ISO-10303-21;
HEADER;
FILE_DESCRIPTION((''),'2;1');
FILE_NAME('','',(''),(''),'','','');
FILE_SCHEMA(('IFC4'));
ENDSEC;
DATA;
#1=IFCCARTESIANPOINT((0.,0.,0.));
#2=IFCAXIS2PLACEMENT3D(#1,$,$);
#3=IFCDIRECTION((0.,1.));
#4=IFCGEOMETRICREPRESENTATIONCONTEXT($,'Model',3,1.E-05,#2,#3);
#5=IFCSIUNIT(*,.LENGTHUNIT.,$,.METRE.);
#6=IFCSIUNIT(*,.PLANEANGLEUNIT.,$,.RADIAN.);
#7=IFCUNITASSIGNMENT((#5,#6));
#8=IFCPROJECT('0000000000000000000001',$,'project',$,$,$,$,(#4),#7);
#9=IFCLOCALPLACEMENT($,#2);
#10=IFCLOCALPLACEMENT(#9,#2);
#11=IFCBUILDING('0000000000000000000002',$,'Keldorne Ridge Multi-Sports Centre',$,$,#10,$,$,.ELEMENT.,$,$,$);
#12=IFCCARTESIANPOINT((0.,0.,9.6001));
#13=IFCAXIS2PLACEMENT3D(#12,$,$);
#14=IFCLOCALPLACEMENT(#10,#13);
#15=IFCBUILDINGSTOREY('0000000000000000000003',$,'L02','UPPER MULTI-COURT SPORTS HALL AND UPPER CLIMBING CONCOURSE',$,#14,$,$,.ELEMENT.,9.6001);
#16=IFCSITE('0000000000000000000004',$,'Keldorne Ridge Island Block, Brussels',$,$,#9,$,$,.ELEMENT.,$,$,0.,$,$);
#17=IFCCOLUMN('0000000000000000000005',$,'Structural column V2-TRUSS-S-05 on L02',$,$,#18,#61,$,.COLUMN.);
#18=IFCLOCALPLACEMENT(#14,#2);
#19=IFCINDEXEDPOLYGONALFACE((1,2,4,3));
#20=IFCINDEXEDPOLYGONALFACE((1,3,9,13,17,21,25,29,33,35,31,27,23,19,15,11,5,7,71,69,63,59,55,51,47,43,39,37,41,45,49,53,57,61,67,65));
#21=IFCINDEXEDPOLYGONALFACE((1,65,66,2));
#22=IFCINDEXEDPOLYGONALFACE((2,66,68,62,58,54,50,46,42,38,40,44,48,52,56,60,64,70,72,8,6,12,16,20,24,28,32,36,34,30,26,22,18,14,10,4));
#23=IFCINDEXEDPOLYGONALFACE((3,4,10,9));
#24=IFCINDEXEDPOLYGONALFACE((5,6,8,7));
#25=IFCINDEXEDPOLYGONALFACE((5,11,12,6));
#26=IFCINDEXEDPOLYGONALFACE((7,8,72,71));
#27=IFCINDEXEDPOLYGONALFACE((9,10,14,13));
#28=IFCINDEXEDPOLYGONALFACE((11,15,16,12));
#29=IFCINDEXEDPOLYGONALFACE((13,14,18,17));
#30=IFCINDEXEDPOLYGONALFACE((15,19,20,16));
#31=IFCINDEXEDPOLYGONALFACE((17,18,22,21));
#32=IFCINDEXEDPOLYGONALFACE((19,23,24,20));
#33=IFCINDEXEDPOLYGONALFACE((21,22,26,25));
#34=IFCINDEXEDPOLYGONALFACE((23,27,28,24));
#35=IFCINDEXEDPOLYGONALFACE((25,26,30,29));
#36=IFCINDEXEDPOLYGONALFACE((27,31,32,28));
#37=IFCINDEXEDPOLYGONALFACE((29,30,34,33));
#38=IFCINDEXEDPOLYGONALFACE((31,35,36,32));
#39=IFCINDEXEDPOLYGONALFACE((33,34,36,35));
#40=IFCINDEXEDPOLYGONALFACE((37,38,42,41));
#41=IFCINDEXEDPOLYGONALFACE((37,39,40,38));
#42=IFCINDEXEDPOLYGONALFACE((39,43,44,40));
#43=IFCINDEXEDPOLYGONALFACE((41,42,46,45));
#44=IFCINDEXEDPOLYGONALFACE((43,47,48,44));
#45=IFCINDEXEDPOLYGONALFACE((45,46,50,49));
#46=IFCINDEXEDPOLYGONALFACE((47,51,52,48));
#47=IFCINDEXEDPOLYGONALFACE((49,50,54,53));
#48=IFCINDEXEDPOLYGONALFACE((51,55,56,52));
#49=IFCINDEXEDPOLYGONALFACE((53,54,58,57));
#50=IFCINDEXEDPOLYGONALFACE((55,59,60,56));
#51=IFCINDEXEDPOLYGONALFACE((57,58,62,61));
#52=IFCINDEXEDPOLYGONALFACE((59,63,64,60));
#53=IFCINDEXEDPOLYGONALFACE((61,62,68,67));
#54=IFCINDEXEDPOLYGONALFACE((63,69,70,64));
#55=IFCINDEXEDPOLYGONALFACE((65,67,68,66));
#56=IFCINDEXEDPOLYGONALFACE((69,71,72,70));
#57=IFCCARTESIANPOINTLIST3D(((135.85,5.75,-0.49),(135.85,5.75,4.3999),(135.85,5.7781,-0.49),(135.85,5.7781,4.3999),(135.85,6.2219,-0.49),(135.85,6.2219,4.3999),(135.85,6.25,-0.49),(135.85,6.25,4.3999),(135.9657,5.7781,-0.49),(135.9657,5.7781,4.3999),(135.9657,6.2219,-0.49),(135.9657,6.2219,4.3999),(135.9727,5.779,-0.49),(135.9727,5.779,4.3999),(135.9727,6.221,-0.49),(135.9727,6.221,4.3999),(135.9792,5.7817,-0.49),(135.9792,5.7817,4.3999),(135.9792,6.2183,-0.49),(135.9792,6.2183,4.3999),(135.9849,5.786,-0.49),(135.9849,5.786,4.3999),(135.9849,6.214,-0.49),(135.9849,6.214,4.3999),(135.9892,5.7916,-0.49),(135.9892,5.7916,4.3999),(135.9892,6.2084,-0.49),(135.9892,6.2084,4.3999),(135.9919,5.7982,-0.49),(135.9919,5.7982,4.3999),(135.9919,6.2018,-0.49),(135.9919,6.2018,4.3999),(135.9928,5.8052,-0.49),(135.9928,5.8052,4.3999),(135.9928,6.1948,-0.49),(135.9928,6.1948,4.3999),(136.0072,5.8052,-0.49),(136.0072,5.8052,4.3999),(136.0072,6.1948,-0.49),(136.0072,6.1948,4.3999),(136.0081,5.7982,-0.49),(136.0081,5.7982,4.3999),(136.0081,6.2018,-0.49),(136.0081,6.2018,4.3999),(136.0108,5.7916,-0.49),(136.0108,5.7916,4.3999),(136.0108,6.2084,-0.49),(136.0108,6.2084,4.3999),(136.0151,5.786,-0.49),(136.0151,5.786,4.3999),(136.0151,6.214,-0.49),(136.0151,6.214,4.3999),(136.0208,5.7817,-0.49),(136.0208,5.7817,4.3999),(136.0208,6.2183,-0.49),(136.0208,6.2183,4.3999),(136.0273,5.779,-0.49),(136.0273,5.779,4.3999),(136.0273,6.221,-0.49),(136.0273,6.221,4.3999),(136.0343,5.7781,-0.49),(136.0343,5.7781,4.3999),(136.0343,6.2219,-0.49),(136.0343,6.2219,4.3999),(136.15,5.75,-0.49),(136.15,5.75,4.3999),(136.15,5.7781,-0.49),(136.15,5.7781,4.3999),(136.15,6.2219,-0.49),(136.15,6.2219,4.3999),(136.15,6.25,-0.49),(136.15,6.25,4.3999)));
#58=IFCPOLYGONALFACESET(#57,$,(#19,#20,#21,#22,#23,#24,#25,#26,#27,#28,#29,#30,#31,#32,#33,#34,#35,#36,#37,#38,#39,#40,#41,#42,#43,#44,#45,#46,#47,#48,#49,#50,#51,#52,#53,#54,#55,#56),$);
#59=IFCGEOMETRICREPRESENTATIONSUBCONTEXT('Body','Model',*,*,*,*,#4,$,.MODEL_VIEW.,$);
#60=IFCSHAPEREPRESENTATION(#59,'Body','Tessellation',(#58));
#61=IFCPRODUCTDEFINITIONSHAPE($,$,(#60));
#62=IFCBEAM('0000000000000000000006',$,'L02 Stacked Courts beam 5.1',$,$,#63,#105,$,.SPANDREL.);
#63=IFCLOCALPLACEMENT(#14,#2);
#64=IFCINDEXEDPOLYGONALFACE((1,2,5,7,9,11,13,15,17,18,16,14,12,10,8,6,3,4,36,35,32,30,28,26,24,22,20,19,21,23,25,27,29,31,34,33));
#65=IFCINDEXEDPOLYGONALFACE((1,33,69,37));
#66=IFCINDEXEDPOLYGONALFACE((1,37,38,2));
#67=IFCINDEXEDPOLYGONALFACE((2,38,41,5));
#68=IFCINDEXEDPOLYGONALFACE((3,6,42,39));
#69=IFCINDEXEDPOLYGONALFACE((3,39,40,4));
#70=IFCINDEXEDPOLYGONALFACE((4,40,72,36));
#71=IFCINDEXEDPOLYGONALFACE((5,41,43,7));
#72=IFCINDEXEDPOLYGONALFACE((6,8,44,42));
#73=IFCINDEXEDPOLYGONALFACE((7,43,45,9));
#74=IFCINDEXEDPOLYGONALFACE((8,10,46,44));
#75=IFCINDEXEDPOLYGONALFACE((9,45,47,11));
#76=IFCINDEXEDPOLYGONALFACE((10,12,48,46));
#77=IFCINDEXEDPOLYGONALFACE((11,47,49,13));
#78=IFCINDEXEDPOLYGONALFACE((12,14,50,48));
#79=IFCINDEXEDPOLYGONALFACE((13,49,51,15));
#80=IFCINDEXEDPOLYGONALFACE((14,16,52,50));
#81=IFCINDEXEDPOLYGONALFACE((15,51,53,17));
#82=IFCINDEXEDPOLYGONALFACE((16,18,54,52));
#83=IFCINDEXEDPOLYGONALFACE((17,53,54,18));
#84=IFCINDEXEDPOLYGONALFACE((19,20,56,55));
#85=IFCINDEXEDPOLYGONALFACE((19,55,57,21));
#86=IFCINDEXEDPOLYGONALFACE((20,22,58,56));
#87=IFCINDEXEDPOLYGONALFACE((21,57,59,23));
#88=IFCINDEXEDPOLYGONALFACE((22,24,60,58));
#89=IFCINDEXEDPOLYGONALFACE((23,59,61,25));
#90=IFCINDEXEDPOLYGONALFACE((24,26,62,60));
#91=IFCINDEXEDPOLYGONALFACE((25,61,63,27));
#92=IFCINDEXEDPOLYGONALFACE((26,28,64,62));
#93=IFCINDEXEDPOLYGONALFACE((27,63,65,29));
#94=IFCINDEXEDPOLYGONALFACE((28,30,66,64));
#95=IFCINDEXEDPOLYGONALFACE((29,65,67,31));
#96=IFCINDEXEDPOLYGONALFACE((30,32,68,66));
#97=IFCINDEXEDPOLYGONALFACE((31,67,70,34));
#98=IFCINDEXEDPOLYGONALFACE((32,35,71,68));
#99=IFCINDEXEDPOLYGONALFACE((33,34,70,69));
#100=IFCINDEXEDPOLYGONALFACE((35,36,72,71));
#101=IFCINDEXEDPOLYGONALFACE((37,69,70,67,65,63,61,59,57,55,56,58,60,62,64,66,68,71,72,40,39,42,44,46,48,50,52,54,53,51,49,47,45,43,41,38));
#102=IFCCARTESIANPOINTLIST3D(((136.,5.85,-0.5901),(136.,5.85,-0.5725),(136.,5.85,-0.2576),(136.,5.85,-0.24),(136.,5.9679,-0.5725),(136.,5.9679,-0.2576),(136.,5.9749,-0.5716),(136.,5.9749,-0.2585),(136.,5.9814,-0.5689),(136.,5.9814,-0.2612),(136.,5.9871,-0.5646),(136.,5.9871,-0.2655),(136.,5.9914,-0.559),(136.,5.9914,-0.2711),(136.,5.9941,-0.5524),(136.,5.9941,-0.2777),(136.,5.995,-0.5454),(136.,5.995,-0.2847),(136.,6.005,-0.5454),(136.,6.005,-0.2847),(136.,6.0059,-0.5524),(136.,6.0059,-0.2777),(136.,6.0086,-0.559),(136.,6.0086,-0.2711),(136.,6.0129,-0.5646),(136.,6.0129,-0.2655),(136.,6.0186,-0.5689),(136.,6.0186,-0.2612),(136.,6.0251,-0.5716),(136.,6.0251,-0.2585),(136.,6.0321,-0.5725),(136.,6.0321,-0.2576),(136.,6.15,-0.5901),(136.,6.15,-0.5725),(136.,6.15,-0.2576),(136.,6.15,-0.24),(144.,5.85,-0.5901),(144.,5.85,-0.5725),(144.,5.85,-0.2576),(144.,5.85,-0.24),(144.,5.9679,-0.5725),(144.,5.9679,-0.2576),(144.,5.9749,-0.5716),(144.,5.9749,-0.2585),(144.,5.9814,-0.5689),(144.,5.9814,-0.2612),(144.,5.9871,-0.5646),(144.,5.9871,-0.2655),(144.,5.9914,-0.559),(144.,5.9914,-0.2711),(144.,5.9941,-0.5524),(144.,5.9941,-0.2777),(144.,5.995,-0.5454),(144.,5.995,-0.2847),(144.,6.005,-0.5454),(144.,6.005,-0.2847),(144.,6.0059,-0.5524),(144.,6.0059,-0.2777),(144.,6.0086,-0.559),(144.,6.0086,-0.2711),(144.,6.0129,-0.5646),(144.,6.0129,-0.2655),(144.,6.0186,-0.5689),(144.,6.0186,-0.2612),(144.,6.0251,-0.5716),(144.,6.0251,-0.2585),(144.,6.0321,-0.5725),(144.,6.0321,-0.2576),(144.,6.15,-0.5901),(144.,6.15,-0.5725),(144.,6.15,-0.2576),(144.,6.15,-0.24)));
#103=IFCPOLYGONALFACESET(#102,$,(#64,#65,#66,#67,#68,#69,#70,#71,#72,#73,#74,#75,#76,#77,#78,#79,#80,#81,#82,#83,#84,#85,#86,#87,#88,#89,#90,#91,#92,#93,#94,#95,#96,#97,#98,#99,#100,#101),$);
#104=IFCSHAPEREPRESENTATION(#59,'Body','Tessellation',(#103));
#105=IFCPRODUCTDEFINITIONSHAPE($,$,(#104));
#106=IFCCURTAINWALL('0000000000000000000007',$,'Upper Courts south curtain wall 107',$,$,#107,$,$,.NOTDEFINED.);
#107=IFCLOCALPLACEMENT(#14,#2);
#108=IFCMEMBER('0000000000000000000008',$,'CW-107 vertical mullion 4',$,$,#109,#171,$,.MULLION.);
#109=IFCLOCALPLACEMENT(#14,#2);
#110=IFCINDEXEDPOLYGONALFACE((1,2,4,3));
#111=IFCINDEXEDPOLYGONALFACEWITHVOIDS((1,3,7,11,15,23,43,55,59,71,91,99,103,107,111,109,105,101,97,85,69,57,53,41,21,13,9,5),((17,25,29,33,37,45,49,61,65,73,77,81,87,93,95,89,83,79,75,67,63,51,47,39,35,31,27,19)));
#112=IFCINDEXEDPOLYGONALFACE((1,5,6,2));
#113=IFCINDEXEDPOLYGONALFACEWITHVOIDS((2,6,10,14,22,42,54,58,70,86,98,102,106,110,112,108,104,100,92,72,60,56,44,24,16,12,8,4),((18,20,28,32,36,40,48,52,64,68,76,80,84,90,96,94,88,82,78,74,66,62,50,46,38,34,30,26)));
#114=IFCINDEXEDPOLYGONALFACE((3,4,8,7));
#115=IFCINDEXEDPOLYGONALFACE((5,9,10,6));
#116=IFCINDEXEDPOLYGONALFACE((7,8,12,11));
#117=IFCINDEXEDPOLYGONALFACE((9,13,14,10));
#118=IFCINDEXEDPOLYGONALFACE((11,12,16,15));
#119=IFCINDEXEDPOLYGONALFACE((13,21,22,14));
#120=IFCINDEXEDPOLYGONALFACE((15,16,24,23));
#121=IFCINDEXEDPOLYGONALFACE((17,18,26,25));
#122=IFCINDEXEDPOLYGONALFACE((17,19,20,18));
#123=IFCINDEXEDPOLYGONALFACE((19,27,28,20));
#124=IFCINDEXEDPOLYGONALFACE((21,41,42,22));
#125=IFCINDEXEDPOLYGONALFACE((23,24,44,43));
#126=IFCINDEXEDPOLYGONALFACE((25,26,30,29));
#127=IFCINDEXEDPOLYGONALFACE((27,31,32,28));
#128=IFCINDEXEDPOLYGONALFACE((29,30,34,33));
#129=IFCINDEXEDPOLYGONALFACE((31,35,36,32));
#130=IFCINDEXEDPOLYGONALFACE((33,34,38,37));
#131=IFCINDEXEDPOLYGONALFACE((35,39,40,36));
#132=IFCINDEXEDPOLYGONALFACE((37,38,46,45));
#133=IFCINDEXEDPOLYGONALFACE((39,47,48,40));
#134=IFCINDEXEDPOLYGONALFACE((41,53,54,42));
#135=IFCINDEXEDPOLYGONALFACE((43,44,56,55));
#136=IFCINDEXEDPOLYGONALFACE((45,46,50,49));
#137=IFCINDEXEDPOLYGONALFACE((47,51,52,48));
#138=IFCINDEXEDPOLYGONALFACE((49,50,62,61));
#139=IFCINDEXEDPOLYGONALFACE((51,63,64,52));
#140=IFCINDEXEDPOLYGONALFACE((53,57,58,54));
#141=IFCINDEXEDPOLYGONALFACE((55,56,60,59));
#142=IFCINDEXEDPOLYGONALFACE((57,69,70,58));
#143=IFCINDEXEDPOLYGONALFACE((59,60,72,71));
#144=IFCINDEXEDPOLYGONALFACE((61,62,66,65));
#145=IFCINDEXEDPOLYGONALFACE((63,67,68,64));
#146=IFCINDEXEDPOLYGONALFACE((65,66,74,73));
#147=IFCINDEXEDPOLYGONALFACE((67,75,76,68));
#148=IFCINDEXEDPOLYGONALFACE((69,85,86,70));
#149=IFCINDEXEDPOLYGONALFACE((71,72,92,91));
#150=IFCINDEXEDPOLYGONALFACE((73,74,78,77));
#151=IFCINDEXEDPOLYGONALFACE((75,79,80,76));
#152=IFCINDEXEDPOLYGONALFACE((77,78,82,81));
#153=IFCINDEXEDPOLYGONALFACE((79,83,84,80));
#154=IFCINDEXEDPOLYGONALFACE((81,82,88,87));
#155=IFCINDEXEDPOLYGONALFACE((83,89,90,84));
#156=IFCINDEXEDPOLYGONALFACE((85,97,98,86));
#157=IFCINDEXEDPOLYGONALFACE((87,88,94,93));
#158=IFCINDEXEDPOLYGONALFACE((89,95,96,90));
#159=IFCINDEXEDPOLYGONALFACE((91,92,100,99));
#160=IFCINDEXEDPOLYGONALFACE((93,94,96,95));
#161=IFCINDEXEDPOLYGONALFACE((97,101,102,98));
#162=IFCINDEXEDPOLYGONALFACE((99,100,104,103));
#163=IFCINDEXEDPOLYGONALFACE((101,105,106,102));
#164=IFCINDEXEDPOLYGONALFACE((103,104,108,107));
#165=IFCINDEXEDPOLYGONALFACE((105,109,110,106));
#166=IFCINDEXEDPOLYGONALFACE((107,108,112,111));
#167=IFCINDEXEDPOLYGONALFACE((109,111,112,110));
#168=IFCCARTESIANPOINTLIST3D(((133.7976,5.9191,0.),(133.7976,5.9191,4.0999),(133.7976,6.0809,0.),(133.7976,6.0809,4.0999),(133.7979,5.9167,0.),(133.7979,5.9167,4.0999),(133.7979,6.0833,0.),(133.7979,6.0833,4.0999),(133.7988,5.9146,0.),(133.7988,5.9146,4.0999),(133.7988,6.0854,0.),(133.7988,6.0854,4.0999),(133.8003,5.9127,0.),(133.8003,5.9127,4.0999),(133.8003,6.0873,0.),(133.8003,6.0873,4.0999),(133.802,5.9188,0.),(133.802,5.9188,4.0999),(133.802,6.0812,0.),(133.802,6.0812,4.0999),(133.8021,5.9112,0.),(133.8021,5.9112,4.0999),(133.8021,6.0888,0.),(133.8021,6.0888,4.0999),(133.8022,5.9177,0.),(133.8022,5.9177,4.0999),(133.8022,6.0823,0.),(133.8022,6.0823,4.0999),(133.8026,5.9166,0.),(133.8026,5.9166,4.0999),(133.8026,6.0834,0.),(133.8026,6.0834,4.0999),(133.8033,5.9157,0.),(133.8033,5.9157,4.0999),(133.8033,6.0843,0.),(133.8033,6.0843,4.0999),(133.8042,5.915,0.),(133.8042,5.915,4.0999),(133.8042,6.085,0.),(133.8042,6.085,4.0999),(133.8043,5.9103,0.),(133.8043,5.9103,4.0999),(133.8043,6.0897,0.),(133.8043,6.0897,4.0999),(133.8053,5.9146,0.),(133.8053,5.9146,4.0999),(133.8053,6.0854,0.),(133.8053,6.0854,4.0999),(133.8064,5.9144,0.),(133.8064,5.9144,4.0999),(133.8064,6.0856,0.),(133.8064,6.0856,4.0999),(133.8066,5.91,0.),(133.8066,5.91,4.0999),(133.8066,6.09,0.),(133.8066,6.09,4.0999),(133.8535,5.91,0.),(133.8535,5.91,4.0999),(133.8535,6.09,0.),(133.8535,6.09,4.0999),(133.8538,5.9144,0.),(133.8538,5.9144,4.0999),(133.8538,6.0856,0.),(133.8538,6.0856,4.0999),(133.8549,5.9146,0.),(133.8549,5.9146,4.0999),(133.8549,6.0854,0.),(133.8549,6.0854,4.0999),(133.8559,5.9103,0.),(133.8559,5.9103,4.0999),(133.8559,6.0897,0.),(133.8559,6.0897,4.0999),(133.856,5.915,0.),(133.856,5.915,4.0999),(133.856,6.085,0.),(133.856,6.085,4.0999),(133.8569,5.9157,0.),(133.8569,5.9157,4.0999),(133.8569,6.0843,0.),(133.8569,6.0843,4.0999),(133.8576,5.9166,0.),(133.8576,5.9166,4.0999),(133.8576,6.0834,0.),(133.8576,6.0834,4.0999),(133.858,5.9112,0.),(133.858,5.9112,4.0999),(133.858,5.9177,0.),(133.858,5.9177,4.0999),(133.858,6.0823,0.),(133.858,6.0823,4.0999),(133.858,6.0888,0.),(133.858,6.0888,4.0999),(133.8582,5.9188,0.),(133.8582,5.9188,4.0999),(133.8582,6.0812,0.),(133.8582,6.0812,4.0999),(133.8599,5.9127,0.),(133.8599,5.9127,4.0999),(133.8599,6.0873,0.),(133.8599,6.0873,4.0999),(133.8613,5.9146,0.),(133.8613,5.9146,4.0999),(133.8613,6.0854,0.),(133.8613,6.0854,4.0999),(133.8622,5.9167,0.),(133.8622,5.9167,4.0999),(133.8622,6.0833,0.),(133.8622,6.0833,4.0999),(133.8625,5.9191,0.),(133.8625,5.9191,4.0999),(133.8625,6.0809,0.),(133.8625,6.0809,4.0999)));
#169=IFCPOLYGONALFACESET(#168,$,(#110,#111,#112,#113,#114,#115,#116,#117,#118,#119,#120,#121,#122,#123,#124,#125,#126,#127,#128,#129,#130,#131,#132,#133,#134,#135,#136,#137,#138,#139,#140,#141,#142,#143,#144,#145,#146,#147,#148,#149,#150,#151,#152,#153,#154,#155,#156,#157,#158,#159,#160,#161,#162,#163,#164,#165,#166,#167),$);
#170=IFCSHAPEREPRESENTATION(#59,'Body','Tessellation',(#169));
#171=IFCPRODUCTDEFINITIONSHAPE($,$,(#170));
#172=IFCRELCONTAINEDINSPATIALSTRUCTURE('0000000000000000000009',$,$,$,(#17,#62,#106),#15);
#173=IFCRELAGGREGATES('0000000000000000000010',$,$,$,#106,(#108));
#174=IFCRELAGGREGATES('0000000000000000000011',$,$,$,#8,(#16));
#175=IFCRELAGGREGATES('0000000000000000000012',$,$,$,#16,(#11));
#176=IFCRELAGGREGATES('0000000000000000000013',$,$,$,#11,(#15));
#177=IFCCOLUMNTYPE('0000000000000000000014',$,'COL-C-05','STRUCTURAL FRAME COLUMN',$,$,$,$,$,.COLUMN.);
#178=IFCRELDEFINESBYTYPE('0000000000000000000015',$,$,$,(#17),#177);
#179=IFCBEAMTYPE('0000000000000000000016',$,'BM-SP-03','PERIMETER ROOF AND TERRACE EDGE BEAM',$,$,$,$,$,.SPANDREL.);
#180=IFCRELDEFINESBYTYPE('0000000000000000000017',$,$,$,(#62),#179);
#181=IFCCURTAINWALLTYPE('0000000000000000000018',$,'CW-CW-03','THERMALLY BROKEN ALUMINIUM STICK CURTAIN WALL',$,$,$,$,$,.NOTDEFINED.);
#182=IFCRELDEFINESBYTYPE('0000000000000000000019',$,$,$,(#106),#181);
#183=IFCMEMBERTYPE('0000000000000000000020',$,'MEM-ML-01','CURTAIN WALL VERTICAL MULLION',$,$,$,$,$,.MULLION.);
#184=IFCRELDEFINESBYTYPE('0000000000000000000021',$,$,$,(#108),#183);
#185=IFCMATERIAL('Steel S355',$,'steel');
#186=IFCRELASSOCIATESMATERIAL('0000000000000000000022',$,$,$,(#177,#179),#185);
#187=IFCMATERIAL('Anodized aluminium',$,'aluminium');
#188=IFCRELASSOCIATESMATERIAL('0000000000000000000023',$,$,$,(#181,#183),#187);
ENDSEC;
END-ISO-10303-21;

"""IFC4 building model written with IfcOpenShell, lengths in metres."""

from ifc_helpers import new_model, si_unit, direction, frame, origin, origin_2d, place, context, subcontext, project, spatial, hollow_rectangle, i_section, extrude, material, material_profile, profile_set, type_object, element, aggregate, save


model = new_model("IFC4")

# Units and contexts
model_context = context("Model", 3, precision=1e-05, world=origin(), true_north=direction((0.0, 1.0)))
body_context = subcontext(model_context, "Body", "Model", "MODEL_VIEW")
ifc_project = project(units=[si_unit("LENGTHUNIT", "METRE"), si_unit("PLANEANGLEUNIT", "RADIAN")], contexts=[model_context])

# Site, building, storey
site_placement = place(None, origin())
site = spatial("IfcSite", under=ifc_project, at=site_placement, Name="Keldorne Ridge Island Block, Brussels", CompositionType="ELEMENT", RefElevation=0.0)
building_placement = place(site_placement, origin())
building = spatial("IfcBuilding", under=site, at=building_placement, Name="Keldorne Ridge Multi-Sports Centre", CompositionType="ELEMENT")
storey_placement = place(building_placement, frame((0.0, 0.0, 9.6001)))
storey = spatial("IfcBuildingStorey", under=building, at=storey_placement, Name="L02", Description="UPPER MULTI-COURT SPORTS HALL AND UPPER CLIMBING CONCOURSE", CompositionType="ELEMENT", Elevation=9.6001)

# Column
ifc_material_1 = material(Name="Steel S355", Category="steel")
ifc_material_profile_1 = material_profile(ifc_material_1, i_section(OverallWidth=0.3, OverallDepth=0.5, WebThickness=0.0144, FlangeThickness=0.0281, FilletRadius=0.0271, at=origin_2d()), Name="HEB 500")
ifc_profile_set_1 = profile_set([ifc_material_profile_1], Name="Steel S355")
column_type = type_object("IfcColumnType", Name="COL-C-05", Description="STRUCTURAL FRAME COLUMN", PredefinedType="COLUMN", material=ifc_profile_set_1)
column_placement = place(storey_placement, frame((136.0, 6.0, -0.49), z_axis=(0.0, 0.0, 1.0), x_axis=(1.0, 0.0, 0.0)))
element("IfcColumn", 1, at=column_placement, inside=storey, type_object=column_type, Name="Structural column V2-TRUSS-S-05 on L02", PredefinedType="COLUMN", context=body_context, shape_type="SweptSolid", body=[
    extrude(i_section(OverallWidth=0.3, OverallDepth=0.5, WebThickness=0.0144, FlangeThickness=0.0281, FilletRadius=0.0271, at=origin_2d()), origin(), (0.0, 0.0, 1.0), 4.8899),
])

# Beam
ifc_material_profile_2 = material_profile(ifc_material_1, i_section(OverallWidth=0.3, OverallDepth=0.3501, WebThickness=0.01, FlangeThickness=0.0176, FilletRadius=0.0271, at=origin_2d()), Name="HEA 360")
ifc_profile_set_2 = profile_set([ifc_material_profile_2], Name="Steel S355")
beam_type = type_object("IfcBeamType", Name="BM-SP-03", Description="PERIMETER ROOF AND TERRACE EDGE BEAM", PredefinedType="SPANDREL", material=ifc_profile_set_2)
beam_placement = place(storey_placement, frame((136.0, 6.0, -0.415), z_axis=(1.0, 0.0, 0.0), x_axis=(0.0, 1.0, 0.0)))
element("IfcBeam", 2, at=beam_placement, inside=storey, type_object=beam_type, Name="L02 Stacked Courts beam 5.1", PredefinedType="SPANDREL", context=body_context, shape_type="SweptSolid", body=[
    extrude(i_section(OverallWidth=0.3, OverallDepth=0.3501, WebThickness=0.01, FlangeThickness=0.0176, FilletRadius=0.0271, at=origin_2d()), origin(), (0.0, 0.0, 1.0), 8.0),
])

# Curtain wall, member
ifc_material_2 = material(Name="Anodized aluminium", Category="aluminium")
curtain_wall_type_1 = type_object("IfcCurtainWallType", Name="CW-CW-03", Description="THERMALLY BROKEN ALUMINIUM STICK CURTAIN WALL", PredefinedType="NOTDEFINED", material=ifc_material_2)
curtain_wall_1_placement = place(storey_placement, origin())
curtain_wall_1 = element("IfcCurtainWall", 3, at=curtain_wall_1_placement, inside=storey, type_object=curtain_wall_type_1, Name="Upper Courts south curtain wall 107", PredefinedType="NOTDEFINED")
ifc_material_profile_3 = material_profile(ifc_material_2, hollow_rectangle(XDim=0.0649, YDim=0.1799, WallThickness=0.0044, InnerFilletRadius=0.0044, OuterFilletRadius=0.009, at=origin_2d()), Name="ALU MULLION 180x65x4.5")
ifc_profile_set_3 = profile_set([ifc_material_profile_3], Name="Anodized aluminium")
member_type_1 = type_object("IfcMemberType", Name="MEM-ML-01", Description="CURTAIN WALL VERTICAL MULLION", PredefinedType="MULLION", material=ifc_profile_set_3)
member_1_placement = place(storey_placement, frame((133.8301, 6.0, 0.0), z_axis=(0.0, 0.0, 1.0), x_axis=(1.0, 0.0, 0.0)))
member_1 = element("IfcMember", 4, at=member_1_placement, type_object=member_type_1, Name="CW-107 vertical mullion 4", PredefinedType="MULLION", context=body_context, shape_type="SweptSolid", body=[
    extrude(hollow_rectangle(XDim=0.0649, YDim=0.1799, WallThickness=0.0044, InnerFilletRadius=0.0044, OuterFilletRadius=0.009, at=origin_2d()), origin(), (0.0, 0.0, 1.0), 4.0999),
])

aggregate(curtain_wall_1, [member_1])

save(model, "model.ifc")
